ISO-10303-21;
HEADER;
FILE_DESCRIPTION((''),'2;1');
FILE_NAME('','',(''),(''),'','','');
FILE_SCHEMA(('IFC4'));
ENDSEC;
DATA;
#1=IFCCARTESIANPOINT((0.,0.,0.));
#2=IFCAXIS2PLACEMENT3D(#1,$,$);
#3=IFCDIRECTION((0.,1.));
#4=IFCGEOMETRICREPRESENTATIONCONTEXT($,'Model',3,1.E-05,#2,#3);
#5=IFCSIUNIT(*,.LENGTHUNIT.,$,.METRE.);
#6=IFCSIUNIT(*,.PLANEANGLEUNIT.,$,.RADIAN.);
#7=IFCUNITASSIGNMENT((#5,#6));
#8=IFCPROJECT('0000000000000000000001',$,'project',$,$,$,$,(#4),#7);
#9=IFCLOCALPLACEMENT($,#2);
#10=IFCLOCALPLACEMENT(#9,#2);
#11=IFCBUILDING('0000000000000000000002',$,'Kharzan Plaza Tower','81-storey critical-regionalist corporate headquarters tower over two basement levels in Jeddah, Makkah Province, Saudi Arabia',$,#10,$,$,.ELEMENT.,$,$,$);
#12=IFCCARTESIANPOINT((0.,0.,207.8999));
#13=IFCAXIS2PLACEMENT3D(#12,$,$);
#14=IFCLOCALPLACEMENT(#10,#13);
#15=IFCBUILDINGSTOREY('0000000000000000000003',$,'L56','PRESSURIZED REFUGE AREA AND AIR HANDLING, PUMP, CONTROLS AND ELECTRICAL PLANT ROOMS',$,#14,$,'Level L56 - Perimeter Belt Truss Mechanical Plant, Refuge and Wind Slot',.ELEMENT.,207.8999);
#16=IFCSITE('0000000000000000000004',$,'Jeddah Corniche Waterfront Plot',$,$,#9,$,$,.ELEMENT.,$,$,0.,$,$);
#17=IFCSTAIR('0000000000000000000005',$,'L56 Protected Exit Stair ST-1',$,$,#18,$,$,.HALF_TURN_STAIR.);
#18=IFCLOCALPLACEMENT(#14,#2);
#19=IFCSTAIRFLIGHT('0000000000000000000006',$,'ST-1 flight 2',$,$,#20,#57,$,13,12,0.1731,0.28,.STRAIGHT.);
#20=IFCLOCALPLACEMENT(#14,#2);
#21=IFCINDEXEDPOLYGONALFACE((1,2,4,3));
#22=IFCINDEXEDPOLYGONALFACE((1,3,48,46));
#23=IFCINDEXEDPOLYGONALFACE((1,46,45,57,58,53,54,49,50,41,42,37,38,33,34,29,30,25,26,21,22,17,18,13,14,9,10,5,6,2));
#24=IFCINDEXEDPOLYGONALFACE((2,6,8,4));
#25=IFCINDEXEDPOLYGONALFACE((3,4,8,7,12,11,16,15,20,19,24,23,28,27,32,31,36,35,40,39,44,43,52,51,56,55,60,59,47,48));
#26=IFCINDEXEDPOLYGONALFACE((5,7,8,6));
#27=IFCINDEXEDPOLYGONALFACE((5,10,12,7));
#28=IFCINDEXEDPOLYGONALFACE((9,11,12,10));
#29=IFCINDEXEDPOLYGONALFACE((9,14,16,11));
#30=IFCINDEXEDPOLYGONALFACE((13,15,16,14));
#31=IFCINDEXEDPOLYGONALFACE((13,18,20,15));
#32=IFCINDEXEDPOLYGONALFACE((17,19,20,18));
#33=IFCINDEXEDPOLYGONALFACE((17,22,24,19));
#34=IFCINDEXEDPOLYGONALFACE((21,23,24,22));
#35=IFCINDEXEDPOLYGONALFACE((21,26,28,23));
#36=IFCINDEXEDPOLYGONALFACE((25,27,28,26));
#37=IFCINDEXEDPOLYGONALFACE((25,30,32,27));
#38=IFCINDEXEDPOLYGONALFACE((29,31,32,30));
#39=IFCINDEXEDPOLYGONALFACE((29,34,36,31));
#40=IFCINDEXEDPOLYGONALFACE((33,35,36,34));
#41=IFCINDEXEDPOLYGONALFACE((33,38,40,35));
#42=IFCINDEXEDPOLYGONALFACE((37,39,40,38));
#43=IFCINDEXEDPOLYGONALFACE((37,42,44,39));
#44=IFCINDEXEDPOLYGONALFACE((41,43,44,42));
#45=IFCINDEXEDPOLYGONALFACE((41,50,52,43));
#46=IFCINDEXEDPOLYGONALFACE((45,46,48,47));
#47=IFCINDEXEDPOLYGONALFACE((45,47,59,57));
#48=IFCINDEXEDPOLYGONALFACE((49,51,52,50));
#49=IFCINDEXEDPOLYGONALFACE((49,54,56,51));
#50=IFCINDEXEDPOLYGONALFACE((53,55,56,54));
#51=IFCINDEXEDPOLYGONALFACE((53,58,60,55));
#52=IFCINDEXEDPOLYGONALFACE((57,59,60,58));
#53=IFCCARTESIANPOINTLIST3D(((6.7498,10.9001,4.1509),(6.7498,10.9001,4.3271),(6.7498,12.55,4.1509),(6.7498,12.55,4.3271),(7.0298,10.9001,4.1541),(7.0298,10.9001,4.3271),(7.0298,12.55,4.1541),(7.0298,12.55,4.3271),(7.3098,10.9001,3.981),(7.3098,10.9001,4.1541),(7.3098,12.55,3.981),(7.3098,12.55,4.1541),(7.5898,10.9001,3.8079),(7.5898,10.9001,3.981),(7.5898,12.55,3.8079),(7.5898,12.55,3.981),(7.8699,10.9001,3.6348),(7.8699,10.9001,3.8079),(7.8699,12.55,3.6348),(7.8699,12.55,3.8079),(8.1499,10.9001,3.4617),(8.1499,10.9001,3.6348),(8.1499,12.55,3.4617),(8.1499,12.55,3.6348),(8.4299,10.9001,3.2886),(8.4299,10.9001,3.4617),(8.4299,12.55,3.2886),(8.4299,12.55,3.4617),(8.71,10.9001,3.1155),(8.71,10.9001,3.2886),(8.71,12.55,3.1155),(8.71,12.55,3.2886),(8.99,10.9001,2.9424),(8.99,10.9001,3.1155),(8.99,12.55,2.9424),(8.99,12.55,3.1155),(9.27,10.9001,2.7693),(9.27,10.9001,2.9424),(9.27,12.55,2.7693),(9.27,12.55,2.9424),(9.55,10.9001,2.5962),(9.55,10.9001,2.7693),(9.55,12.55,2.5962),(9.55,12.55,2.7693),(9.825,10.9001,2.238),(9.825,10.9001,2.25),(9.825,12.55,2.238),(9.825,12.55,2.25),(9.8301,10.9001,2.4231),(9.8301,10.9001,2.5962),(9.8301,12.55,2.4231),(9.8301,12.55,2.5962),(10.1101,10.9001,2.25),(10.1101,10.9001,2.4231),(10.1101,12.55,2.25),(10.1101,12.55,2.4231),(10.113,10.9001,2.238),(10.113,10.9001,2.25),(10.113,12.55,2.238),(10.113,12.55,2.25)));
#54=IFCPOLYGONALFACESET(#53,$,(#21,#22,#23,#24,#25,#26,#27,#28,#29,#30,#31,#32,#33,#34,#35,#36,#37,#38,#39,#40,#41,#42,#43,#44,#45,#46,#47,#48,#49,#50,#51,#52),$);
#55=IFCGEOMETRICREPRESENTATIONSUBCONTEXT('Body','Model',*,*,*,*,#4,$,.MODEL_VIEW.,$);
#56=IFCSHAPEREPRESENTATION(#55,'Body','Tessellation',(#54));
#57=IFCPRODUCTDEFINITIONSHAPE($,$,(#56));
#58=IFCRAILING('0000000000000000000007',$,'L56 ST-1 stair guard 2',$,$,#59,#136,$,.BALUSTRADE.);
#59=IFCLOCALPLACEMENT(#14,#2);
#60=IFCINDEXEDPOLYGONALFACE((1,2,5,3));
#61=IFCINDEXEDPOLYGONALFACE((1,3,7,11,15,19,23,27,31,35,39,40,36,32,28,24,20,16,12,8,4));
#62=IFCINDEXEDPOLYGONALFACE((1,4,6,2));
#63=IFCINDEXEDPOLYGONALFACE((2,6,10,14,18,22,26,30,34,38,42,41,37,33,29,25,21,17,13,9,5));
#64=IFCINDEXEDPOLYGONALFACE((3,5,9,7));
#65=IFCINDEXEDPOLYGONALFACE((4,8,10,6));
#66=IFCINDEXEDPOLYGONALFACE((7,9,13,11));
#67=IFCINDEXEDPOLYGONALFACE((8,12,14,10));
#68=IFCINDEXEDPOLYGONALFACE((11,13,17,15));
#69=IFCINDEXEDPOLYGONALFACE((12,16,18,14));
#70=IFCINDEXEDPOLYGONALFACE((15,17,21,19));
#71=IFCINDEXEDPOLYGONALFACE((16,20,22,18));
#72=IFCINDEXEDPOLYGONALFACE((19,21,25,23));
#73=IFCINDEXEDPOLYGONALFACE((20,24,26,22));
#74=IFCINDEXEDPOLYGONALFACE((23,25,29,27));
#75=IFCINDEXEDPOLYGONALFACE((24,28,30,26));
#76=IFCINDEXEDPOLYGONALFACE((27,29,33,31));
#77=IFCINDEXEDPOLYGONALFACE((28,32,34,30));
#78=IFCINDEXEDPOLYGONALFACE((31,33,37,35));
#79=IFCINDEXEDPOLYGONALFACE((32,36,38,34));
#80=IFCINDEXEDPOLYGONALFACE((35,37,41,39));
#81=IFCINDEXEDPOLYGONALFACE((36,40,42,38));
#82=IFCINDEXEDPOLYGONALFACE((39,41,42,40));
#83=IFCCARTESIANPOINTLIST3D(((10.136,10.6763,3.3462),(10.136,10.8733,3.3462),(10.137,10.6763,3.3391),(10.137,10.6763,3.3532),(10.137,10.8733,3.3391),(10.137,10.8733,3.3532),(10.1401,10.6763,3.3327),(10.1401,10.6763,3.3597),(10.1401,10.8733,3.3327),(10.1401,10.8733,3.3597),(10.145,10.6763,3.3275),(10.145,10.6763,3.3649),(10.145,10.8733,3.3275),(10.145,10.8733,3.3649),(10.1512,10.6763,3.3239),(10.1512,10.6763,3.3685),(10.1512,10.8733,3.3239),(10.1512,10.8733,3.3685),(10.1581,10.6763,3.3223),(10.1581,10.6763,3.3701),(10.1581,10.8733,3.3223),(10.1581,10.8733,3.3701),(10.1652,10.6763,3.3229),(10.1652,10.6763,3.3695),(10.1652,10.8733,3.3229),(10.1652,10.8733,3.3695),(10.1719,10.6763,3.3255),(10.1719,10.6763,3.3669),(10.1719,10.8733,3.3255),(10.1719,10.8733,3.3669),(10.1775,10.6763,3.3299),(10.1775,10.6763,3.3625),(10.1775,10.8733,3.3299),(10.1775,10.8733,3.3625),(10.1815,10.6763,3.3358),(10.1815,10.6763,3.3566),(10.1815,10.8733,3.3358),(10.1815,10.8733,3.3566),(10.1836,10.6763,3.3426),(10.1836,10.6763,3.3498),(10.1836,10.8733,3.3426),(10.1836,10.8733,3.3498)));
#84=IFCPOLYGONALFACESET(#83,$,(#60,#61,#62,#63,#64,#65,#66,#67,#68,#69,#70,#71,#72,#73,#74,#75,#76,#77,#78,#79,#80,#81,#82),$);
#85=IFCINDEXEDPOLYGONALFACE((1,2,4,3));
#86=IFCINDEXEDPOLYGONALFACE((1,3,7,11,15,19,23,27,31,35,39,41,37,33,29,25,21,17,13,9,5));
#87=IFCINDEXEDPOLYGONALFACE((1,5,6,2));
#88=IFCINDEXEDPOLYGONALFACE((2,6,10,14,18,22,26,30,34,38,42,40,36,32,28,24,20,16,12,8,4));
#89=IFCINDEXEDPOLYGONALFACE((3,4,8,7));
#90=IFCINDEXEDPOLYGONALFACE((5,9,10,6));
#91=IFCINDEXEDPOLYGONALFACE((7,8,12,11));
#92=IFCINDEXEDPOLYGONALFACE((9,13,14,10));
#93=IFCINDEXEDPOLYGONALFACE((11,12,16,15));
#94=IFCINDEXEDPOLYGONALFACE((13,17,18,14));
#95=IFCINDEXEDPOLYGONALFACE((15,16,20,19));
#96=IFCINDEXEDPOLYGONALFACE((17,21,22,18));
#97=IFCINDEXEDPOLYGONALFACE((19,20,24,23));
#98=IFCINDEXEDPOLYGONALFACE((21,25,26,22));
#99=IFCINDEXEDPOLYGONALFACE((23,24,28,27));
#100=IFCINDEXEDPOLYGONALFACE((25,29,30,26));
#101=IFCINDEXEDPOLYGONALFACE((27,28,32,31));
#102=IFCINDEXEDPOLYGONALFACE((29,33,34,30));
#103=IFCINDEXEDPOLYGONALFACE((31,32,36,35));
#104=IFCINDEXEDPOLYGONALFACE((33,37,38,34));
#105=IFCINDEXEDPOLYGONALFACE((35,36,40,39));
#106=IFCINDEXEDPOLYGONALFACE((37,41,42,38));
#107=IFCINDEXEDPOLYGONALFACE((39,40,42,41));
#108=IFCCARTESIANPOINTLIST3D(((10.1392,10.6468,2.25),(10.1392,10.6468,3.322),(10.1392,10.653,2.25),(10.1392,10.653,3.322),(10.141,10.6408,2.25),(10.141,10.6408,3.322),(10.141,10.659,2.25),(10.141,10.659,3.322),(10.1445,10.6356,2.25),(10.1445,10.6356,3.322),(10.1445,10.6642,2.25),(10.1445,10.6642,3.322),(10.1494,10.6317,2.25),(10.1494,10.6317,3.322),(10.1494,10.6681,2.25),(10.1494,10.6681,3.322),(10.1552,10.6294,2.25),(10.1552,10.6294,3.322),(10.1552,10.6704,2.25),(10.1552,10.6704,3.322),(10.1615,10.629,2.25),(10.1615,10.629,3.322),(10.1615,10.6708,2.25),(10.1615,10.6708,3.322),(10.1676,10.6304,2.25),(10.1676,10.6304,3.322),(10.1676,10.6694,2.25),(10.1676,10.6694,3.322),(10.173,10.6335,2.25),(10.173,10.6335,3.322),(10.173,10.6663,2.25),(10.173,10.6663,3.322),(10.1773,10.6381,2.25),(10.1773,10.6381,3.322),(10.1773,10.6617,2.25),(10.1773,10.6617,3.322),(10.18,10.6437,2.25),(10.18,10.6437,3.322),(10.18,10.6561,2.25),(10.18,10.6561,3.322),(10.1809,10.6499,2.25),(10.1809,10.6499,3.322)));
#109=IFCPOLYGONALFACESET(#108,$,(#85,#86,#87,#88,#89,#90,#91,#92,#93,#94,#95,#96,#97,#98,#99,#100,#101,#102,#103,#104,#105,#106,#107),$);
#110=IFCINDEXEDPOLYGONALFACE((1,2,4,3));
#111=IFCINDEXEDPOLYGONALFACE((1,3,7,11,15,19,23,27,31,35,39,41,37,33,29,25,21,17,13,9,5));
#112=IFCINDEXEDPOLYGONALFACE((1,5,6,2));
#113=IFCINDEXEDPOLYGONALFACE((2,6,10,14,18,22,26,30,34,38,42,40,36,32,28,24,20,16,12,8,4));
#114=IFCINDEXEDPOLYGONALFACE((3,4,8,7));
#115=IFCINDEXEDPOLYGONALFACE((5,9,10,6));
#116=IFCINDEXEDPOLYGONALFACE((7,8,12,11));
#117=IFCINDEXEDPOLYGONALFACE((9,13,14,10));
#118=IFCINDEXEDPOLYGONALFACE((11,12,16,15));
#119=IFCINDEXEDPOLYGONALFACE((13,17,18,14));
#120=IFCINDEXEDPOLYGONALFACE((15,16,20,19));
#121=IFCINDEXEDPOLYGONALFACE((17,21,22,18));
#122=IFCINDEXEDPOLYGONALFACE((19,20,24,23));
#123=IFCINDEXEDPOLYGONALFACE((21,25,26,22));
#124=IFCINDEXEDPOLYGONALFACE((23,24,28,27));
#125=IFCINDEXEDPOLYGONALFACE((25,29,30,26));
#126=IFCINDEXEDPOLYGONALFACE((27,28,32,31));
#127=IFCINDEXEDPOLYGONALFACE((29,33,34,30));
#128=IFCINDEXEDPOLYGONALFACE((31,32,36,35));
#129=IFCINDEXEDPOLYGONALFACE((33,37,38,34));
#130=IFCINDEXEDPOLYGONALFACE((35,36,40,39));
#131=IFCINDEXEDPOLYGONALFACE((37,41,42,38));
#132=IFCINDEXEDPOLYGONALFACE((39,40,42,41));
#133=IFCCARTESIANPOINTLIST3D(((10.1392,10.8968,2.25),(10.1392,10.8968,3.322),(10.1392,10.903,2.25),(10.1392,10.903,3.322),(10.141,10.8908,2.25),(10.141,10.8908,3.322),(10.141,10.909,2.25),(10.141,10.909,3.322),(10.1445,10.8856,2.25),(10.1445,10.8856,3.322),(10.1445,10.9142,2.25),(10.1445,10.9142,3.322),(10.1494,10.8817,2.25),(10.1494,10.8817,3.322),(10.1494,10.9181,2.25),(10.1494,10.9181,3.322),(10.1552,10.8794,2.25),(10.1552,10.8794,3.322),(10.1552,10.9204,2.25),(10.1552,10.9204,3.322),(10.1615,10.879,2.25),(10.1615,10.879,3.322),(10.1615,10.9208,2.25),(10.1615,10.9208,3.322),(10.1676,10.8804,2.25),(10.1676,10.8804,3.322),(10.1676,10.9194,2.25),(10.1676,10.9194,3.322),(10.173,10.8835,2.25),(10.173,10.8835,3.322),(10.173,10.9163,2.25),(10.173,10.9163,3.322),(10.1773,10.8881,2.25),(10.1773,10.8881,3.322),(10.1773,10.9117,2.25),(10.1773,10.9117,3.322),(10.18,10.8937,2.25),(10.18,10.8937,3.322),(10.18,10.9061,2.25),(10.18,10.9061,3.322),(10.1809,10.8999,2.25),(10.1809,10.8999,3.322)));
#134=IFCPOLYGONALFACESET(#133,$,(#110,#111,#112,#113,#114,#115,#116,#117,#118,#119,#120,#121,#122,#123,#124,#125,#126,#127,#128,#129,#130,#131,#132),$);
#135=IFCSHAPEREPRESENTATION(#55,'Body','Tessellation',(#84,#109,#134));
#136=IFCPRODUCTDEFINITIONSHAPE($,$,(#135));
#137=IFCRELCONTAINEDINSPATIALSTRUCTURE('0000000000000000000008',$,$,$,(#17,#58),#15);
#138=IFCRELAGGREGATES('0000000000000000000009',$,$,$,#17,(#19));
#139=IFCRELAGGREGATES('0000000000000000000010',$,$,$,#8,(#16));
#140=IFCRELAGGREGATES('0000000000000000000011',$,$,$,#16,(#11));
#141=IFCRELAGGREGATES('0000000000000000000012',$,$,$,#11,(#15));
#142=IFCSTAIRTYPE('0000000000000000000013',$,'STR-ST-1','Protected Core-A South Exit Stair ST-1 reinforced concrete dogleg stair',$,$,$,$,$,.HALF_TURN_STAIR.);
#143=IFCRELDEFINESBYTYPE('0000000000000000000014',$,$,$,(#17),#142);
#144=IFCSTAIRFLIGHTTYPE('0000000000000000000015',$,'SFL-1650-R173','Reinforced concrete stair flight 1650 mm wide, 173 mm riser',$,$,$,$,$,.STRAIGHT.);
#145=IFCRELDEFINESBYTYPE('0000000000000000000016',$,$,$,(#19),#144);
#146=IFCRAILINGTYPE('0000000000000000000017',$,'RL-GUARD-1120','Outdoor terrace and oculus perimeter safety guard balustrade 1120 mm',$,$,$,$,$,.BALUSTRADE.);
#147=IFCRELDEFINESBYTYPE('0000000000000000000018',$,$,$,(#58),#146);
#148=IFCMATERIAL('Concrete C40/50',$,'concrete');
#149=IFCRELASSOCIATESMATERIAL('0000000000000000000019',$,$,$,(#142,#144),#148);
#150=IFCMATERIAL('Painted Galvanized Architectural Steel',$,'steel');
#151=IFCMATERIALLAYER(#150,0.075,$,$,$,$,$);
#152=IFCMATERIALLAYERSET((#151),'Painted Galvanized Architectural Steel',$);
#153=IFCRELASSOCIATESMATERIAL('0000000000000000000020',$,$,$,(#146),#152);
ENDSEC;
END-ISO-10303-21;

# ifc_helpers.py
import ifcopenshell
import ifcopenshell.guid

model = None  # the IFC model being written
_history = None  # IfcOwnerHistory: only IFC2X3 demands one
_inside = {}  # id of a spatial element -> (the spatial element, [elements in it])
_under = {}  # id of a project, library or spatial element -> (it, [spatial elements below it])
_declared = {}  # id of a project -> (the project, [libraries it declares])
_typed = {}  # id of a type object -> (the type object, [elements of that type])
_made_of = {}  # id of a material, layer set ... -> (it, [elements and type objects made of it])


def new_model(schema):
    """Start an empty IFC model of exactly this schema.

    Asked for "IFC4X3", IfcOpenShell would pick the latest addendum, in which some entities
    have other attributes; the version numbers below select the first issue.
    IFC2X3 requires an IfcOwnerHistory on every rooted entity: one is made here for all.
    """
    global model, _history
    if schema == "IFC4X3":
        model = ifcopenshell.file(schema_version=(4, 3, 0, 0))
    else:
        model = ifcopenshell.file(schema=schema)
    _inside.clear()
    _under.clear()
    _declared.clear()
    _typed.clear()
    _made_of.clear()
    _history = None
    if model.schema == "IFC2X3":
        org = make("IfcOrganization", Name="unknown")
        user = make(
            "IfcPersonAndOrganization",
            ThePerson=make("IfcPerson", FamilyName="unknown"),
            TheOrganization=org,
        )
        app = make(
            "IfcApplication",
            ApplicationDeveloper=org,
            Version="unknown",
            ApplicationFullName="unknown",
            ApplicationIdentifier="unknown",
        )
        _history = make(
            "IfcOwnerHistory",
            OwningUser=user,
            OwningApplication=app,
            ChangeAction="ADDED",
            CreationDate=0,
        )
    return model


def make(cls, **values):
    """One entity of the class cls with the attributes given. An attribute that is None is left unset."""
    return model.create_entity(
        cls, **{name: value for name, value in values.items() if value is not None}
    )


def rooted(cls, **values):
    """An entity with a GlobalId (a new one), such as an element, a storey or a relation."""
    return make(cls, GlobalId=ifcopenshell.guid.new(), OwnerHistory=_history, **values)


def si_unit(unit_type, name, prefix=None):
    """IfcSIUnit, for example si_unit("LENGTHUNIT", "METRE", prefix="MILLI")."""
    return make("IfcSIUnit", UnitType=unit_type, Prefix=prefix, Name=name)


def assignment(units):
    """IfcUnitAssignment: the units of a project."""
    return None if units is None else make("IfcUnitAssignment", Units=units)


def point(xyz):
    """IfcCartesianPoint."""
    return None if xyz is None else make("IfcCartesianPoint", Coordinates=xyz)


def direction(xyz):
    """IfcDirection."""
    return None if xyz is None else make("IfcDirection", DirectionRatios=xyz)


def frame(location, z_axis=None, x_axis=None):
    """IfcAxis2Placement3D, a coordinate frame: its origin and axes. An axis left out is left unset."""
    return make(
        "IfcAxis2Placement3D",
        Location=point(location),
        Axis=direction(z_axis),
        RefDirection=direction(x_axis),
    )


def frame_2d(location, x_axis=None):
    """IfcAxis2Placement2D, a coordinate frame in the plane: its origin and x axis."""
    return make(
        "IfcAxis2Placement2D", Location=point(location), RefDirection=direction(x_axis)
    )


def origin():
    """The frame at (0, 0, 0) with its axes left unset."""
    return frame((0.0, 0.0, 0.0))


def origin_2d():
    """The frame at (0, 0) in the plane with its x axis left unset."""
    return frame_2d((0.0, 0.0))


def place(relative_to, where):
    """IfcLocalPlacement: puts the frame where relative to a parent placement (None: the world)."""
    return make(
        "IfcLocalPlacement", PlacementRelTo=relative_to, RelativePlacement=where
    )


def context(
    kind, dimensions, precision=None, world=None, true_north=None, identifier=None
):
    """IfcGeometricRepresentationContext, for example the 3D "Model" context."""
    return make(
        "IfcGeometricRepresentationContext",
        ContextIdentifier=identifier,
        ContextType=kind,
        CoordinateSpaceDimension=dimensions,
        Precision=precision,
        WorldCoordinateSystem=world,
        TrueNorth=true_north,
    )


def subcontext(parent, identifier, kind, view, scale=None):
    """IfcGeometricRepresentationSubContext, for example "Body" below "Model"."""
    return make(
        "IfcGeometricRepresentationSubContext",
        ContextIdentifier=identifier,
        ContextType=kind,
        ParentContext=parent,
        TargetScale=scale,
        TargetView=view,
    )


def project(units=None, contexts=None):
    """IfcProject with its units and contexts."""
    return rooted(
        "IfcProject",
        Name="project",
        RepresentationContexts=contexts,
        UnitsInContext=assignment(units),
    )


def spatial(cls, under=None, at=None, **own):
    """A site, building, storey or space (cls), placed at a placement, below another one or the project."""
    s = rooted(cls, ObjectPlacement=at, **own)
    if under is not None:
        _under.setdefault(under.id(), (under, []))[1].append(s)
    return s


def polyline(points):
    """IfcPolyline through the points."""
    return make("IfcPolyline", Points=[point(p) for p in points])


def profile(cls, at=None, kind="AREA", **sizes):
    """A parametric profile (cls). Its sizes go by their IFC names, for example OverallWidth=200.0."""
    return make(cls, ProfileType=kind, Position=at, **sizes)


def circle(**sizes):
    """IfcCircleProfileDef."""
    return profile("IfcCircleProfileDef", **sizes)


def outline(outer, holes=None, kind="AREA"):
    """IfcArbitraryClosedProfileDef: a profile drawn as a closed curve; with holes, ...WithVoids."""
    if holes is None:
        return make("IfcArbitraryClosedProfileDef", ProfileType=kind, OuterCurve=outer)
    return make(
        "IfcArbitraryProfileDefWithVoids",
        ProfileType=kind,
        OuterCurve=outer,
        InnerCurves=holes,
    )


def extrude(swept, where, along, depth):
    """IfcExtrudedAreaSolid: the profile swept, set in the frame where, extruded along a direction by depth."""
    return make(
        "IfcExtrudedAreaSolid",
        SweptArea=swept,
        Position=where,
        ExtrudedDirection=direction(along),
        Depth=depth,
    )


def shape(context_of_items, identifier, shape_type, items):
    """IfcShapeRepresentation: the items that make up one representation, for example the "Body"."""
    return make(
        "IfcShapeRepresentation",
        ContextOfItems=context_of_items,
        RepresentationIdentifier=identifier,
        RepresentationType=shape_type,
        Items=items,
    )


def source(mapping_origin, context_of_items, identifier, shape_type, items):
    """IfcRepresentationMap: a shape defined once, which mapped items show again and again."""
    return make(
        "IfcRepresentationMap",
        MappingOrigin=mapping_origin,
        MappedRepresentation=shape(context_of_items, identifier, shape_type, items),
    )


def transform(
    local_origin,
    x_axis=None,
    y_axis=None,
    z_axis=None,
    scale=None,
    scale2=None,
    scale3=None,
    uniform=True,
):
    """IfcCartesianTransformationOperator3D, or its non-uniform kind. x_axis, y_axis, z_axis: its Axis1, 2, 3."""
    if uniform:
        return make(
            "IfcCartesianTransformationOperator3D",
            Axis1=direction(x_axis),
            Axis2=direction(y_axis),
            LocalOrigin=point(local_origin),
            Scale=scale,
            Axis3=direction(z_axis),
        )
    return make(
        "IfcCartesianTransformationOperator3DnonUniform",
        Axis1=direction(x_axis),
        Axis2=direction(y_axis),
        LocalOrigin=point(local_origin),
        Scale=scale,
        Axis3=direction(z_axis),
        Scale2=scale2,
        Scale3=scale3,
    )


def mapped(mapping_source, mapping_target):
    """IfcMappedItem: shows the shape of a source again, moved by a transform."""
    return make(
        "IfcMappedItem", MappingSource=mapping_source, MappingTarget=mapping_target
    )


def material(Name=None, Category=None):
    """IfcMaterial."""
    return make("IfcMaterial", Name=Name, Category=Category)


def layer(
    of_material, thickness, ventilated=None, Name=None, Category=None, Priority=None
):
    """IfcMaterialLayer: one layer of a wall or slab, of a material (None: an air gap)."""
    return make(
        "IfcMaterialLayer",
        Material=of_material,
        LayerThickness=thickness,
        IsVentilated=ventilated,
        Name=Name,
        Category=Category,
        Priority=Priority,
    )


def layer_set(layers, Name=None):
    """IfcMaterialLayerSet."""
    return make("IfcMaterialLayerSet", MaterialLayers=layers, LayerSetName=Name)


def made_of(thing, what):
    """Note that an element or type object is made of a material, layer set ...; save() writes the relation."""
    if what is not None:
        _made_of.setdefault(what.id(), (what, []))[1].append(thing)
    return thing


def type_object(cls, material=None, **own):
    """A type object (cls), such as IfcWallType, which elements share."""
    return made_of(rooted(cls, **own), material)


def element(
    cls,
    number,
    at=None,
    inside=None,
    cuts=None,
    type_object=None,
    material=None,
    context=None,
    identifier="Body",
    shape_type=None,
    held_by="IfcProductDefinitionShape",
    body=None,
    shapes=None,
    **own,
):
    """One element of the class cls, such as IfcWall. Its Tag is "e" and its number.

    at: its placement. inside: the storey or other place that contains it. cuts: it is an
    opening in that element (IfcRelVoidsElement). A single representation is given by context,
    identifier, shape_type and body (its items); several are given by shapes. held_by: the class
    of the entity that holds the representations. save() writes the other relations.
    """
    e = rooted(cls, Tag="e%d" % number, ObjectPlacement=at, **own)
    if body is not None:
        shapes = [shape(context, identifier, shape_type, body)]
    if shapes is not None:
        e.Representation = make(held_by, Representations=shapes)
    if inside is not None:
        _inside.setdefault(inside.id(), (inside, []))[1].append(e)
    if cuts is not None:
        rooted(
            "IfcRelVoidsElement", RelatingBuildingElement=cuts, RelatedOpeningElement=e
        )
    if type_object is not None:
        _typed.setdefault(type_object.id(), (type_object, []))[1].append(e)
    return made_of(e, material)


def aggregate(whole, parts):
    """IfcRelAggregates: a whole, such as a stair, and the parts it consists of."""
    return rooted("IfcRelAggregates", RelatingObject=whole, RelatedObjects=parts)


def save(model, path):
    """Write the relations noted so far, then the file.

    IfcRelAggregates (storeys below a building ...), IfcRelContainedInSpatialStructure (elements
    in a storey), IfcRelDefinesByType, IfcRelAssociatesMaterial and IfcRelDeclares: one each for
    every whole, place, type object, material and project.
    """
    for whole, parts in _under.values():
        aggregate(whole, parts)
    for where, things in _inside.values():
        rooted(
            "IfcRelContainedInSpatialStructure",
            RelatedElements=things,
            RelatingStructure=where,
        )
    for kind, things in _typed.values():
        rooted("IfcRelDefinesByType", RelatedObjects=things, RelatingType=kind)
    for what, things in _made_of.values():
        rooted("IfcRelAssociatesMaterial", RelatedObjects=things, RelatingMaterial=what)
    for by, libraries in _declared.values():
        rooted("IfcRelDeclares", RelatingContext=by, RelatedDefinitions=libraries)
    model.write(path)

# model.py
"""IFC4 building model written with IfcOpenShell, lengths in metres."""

from ifc_helpers import new_model, si_unit, direction, frame, origin, origin_2d, place, context, subcontext, project, spatial, polyline, circle, outline, extrude, source, transform, mapped, material, layer, layer_set, type_object, element, aggregate, save


model = new_model("IFC4")

# Units and contexts
model_context = context("Model", 3, precision=1e-05, world=origin(), true_north=direction((0.0, 1.0)))
body_context = subcontext(model_context, "Body", "Model", "MODEL_VIEW")
ifc_project = project(units=[si_unit("LENGTHUNIT", "METRE"), si_unit("PLANEANGLEUNIT", "RADIAN")], contexts=[model_context])

# Site, building, storey
site_placement = place(None, origin())
site = spatial("IfcSite", under=ifc_project, at=site_placement, Name="Jeddah Corniche Waterfront Plot", CompositionType="ELEMENT", RefElevation=0.0)
building_placement = place(site_placement, origin())
building = spatial("IfcBuilding", under=site, at=building_placement, Name="Kharzan Plaza Tower", Description="81-storey critical-regionalist corporate headquarters tower over two basement levels in Jeddah, Makkah Province, Saudi Arabia", CompositionType="ELEMENT")
storey_placement = place(building_placement, frame((0.0, 0.0, 207.8999)))
storey = spatial("IfcBuildingStorey", under=building, at=storey_placement, Name="L56", Description="PRESSURIZED REFUGE AREA AND AIR HANDLING, PUMP, CONTROLS AND ELECTRICAL PLANT ROOMS", LongName="Level L56 - Perimeter Belt Truss Mechanical Plant, Refuge and Wind Slot", CompositionType="ELEMENT", Elevation=207.8999)

# Shared definitions
ifc_material_1 = material(Name="Concrete C40/50", Category="concrete")

# Stair, stair flight
stair_type = type_object("IfcStairType", Name="STR-ST-1", Description="Protected Core-A South Exit Stair ST-1 reinforced concrete dogleg stair", PredefinedType="HALF_TURN_STAIR", material=ifc_material_1)
stair_placement = place(storey_placement, origin())
stair = element("IfcStair", 1, at=stair_placement, inside=storey, type_object=stair_type, Name="L56 Protected Exit Stair ST-1", PredefinedType="HALF_TURN_STAIR")
stair_flight_type = type_object("IfcStairFlightType", Name="SFL-1650-R173", Description="Reinforced concrete stair flight 1650 mm wide, 173 mm riser", PredefinedType="STRAIGHT", material=ifc_material_1)
shared_shape_1 = source(origin(), body_context, "Body", "SweptSolid", [
    extrude(outline(polyline([(-0.0029, -0.012), (-0.0029, 0.0), (0.0, 0.0), (0.0, 0.1731), (0.28, 0.1731), (0.28, 0.3462), (0.5601, 0.3462), (0.5601, 0.5193), (0.8401, 0.5193), (0.8401, 0.6924), (1.1201, 0.6924), (1.1201, 0.8655), (1.4001, 0.8655), (1.4001, 1.0386), (1.6802, 1.0386), (1.6802, 1.2117), (1.9602, 1.2117), (1.9602, 1.3848), (2.2402, 1.3848), (2.2402, 1.5579), (2.5203, 1.5579), (2.5203, 1.731), (2.8003, 1.731), (2.8003, 1.9041), (3.0803, 1.9041), (3.0803, 2.0771), (3.3604, 2.0771), (3.3604, 2.2502), (3.3604, 1.9009), (0.2852, 0.0), (0.2852, -0.012), (-0.0029, -0.012)])), frame((0.0, 0.825, 0.0), z_axis=(0.0, -1.0, 0.0), x_axis=(1.0, 0.0, 0.0)), (0.0, 0.0, 1.0), 1.6499),
])
stair_flight_placement = place(storey_placement, frame((10.1101, 11.7251, 2.25), z_axis=(0.0, 0.0, 1.0), x_axis=(-1.0, 0.0, 0.0)))
stair_flight = element("IfcStairFlight", 2, at=stair_flight_placement, type_object=stair_flight_type, Name="ST-1 flight 2", NumberOfRisers=13, NumberOfTreads=12, PredefinedType="STRAIGHT", RiserHeight=0.1731, TreadLength=0.28, context=body_context, shape_type="MappedRepresentation", body=[
    mapped(shared_shape_1, transform((0.0, 0.0, 0.0), x_axis=(1.0, 0.0, 0.0), y_axis=(0.0, 1.0, 0.0), z_axis=(0.0, 0.0, 1.0))),
])
aggregate(stair, [stair_flight])

# Railing
ifc_material_2 = material(Name="Painted Galvanized Architectural Steel", Category="steel")
ifc_layer_1 = layer(ifc_material_2, 0.075)
ifc_layer_set_1 = layer_set([ifc_layer_1], Name="Painted Galvanized Architectural Steel")
railing_type_1 = type_object("IfcRailingType", Name="RL-GUARD-1120", Description="Outdoor terrace and oculus perimeter safety guard balustrade 1120 mm", PredefinedType="BALUSTRADE", material=ifc_layer_set_1)
shared_shape_2 = source(origin(), body_context, "Body", "SweptSolid", [
    extrude(circle(Radius=0.0239, at=origin_2d()), frame((0.0, 0.0264, 1.0962), z_axis=(0.0, 1.0, 0.0), x_axis=(-1.0, 0.0, 0.0)), (0.0, 0.0, 1.0), 0.197),
    extrude(circle(Radius=0.021, at=origin_2d()), origin(), (0.0, 0.0, 1.0), 1.072),
    extrude(circle(Radius=0.021, at=origin_2d()), frame((0.0, 0.25, 0.0)), (0.0, 0.0, 1.0), 1.072),
])
railing_1_placement = place(storey_placement, frame((10.1599, 10.6499, 2.25)))
element("IfcRailing", 3, at=railing_1_placement, inside=storey, type_object=railing_type_1, Name="L56 ST-1 stair guard 2", PredefinedType="BALUSTRADE", context=body_context, shape_type="MappedRepresentation", body=[
    mapped(shared_shape_2, transform((0.0, 0.0, 0.0), x_axis=(1.0, 0.0, 0.0), y_axis=(0.0, 1.0, 0.0), z_axis=(0.0, 0.0, 1.0))),
])

save(model, "model.ifc")
